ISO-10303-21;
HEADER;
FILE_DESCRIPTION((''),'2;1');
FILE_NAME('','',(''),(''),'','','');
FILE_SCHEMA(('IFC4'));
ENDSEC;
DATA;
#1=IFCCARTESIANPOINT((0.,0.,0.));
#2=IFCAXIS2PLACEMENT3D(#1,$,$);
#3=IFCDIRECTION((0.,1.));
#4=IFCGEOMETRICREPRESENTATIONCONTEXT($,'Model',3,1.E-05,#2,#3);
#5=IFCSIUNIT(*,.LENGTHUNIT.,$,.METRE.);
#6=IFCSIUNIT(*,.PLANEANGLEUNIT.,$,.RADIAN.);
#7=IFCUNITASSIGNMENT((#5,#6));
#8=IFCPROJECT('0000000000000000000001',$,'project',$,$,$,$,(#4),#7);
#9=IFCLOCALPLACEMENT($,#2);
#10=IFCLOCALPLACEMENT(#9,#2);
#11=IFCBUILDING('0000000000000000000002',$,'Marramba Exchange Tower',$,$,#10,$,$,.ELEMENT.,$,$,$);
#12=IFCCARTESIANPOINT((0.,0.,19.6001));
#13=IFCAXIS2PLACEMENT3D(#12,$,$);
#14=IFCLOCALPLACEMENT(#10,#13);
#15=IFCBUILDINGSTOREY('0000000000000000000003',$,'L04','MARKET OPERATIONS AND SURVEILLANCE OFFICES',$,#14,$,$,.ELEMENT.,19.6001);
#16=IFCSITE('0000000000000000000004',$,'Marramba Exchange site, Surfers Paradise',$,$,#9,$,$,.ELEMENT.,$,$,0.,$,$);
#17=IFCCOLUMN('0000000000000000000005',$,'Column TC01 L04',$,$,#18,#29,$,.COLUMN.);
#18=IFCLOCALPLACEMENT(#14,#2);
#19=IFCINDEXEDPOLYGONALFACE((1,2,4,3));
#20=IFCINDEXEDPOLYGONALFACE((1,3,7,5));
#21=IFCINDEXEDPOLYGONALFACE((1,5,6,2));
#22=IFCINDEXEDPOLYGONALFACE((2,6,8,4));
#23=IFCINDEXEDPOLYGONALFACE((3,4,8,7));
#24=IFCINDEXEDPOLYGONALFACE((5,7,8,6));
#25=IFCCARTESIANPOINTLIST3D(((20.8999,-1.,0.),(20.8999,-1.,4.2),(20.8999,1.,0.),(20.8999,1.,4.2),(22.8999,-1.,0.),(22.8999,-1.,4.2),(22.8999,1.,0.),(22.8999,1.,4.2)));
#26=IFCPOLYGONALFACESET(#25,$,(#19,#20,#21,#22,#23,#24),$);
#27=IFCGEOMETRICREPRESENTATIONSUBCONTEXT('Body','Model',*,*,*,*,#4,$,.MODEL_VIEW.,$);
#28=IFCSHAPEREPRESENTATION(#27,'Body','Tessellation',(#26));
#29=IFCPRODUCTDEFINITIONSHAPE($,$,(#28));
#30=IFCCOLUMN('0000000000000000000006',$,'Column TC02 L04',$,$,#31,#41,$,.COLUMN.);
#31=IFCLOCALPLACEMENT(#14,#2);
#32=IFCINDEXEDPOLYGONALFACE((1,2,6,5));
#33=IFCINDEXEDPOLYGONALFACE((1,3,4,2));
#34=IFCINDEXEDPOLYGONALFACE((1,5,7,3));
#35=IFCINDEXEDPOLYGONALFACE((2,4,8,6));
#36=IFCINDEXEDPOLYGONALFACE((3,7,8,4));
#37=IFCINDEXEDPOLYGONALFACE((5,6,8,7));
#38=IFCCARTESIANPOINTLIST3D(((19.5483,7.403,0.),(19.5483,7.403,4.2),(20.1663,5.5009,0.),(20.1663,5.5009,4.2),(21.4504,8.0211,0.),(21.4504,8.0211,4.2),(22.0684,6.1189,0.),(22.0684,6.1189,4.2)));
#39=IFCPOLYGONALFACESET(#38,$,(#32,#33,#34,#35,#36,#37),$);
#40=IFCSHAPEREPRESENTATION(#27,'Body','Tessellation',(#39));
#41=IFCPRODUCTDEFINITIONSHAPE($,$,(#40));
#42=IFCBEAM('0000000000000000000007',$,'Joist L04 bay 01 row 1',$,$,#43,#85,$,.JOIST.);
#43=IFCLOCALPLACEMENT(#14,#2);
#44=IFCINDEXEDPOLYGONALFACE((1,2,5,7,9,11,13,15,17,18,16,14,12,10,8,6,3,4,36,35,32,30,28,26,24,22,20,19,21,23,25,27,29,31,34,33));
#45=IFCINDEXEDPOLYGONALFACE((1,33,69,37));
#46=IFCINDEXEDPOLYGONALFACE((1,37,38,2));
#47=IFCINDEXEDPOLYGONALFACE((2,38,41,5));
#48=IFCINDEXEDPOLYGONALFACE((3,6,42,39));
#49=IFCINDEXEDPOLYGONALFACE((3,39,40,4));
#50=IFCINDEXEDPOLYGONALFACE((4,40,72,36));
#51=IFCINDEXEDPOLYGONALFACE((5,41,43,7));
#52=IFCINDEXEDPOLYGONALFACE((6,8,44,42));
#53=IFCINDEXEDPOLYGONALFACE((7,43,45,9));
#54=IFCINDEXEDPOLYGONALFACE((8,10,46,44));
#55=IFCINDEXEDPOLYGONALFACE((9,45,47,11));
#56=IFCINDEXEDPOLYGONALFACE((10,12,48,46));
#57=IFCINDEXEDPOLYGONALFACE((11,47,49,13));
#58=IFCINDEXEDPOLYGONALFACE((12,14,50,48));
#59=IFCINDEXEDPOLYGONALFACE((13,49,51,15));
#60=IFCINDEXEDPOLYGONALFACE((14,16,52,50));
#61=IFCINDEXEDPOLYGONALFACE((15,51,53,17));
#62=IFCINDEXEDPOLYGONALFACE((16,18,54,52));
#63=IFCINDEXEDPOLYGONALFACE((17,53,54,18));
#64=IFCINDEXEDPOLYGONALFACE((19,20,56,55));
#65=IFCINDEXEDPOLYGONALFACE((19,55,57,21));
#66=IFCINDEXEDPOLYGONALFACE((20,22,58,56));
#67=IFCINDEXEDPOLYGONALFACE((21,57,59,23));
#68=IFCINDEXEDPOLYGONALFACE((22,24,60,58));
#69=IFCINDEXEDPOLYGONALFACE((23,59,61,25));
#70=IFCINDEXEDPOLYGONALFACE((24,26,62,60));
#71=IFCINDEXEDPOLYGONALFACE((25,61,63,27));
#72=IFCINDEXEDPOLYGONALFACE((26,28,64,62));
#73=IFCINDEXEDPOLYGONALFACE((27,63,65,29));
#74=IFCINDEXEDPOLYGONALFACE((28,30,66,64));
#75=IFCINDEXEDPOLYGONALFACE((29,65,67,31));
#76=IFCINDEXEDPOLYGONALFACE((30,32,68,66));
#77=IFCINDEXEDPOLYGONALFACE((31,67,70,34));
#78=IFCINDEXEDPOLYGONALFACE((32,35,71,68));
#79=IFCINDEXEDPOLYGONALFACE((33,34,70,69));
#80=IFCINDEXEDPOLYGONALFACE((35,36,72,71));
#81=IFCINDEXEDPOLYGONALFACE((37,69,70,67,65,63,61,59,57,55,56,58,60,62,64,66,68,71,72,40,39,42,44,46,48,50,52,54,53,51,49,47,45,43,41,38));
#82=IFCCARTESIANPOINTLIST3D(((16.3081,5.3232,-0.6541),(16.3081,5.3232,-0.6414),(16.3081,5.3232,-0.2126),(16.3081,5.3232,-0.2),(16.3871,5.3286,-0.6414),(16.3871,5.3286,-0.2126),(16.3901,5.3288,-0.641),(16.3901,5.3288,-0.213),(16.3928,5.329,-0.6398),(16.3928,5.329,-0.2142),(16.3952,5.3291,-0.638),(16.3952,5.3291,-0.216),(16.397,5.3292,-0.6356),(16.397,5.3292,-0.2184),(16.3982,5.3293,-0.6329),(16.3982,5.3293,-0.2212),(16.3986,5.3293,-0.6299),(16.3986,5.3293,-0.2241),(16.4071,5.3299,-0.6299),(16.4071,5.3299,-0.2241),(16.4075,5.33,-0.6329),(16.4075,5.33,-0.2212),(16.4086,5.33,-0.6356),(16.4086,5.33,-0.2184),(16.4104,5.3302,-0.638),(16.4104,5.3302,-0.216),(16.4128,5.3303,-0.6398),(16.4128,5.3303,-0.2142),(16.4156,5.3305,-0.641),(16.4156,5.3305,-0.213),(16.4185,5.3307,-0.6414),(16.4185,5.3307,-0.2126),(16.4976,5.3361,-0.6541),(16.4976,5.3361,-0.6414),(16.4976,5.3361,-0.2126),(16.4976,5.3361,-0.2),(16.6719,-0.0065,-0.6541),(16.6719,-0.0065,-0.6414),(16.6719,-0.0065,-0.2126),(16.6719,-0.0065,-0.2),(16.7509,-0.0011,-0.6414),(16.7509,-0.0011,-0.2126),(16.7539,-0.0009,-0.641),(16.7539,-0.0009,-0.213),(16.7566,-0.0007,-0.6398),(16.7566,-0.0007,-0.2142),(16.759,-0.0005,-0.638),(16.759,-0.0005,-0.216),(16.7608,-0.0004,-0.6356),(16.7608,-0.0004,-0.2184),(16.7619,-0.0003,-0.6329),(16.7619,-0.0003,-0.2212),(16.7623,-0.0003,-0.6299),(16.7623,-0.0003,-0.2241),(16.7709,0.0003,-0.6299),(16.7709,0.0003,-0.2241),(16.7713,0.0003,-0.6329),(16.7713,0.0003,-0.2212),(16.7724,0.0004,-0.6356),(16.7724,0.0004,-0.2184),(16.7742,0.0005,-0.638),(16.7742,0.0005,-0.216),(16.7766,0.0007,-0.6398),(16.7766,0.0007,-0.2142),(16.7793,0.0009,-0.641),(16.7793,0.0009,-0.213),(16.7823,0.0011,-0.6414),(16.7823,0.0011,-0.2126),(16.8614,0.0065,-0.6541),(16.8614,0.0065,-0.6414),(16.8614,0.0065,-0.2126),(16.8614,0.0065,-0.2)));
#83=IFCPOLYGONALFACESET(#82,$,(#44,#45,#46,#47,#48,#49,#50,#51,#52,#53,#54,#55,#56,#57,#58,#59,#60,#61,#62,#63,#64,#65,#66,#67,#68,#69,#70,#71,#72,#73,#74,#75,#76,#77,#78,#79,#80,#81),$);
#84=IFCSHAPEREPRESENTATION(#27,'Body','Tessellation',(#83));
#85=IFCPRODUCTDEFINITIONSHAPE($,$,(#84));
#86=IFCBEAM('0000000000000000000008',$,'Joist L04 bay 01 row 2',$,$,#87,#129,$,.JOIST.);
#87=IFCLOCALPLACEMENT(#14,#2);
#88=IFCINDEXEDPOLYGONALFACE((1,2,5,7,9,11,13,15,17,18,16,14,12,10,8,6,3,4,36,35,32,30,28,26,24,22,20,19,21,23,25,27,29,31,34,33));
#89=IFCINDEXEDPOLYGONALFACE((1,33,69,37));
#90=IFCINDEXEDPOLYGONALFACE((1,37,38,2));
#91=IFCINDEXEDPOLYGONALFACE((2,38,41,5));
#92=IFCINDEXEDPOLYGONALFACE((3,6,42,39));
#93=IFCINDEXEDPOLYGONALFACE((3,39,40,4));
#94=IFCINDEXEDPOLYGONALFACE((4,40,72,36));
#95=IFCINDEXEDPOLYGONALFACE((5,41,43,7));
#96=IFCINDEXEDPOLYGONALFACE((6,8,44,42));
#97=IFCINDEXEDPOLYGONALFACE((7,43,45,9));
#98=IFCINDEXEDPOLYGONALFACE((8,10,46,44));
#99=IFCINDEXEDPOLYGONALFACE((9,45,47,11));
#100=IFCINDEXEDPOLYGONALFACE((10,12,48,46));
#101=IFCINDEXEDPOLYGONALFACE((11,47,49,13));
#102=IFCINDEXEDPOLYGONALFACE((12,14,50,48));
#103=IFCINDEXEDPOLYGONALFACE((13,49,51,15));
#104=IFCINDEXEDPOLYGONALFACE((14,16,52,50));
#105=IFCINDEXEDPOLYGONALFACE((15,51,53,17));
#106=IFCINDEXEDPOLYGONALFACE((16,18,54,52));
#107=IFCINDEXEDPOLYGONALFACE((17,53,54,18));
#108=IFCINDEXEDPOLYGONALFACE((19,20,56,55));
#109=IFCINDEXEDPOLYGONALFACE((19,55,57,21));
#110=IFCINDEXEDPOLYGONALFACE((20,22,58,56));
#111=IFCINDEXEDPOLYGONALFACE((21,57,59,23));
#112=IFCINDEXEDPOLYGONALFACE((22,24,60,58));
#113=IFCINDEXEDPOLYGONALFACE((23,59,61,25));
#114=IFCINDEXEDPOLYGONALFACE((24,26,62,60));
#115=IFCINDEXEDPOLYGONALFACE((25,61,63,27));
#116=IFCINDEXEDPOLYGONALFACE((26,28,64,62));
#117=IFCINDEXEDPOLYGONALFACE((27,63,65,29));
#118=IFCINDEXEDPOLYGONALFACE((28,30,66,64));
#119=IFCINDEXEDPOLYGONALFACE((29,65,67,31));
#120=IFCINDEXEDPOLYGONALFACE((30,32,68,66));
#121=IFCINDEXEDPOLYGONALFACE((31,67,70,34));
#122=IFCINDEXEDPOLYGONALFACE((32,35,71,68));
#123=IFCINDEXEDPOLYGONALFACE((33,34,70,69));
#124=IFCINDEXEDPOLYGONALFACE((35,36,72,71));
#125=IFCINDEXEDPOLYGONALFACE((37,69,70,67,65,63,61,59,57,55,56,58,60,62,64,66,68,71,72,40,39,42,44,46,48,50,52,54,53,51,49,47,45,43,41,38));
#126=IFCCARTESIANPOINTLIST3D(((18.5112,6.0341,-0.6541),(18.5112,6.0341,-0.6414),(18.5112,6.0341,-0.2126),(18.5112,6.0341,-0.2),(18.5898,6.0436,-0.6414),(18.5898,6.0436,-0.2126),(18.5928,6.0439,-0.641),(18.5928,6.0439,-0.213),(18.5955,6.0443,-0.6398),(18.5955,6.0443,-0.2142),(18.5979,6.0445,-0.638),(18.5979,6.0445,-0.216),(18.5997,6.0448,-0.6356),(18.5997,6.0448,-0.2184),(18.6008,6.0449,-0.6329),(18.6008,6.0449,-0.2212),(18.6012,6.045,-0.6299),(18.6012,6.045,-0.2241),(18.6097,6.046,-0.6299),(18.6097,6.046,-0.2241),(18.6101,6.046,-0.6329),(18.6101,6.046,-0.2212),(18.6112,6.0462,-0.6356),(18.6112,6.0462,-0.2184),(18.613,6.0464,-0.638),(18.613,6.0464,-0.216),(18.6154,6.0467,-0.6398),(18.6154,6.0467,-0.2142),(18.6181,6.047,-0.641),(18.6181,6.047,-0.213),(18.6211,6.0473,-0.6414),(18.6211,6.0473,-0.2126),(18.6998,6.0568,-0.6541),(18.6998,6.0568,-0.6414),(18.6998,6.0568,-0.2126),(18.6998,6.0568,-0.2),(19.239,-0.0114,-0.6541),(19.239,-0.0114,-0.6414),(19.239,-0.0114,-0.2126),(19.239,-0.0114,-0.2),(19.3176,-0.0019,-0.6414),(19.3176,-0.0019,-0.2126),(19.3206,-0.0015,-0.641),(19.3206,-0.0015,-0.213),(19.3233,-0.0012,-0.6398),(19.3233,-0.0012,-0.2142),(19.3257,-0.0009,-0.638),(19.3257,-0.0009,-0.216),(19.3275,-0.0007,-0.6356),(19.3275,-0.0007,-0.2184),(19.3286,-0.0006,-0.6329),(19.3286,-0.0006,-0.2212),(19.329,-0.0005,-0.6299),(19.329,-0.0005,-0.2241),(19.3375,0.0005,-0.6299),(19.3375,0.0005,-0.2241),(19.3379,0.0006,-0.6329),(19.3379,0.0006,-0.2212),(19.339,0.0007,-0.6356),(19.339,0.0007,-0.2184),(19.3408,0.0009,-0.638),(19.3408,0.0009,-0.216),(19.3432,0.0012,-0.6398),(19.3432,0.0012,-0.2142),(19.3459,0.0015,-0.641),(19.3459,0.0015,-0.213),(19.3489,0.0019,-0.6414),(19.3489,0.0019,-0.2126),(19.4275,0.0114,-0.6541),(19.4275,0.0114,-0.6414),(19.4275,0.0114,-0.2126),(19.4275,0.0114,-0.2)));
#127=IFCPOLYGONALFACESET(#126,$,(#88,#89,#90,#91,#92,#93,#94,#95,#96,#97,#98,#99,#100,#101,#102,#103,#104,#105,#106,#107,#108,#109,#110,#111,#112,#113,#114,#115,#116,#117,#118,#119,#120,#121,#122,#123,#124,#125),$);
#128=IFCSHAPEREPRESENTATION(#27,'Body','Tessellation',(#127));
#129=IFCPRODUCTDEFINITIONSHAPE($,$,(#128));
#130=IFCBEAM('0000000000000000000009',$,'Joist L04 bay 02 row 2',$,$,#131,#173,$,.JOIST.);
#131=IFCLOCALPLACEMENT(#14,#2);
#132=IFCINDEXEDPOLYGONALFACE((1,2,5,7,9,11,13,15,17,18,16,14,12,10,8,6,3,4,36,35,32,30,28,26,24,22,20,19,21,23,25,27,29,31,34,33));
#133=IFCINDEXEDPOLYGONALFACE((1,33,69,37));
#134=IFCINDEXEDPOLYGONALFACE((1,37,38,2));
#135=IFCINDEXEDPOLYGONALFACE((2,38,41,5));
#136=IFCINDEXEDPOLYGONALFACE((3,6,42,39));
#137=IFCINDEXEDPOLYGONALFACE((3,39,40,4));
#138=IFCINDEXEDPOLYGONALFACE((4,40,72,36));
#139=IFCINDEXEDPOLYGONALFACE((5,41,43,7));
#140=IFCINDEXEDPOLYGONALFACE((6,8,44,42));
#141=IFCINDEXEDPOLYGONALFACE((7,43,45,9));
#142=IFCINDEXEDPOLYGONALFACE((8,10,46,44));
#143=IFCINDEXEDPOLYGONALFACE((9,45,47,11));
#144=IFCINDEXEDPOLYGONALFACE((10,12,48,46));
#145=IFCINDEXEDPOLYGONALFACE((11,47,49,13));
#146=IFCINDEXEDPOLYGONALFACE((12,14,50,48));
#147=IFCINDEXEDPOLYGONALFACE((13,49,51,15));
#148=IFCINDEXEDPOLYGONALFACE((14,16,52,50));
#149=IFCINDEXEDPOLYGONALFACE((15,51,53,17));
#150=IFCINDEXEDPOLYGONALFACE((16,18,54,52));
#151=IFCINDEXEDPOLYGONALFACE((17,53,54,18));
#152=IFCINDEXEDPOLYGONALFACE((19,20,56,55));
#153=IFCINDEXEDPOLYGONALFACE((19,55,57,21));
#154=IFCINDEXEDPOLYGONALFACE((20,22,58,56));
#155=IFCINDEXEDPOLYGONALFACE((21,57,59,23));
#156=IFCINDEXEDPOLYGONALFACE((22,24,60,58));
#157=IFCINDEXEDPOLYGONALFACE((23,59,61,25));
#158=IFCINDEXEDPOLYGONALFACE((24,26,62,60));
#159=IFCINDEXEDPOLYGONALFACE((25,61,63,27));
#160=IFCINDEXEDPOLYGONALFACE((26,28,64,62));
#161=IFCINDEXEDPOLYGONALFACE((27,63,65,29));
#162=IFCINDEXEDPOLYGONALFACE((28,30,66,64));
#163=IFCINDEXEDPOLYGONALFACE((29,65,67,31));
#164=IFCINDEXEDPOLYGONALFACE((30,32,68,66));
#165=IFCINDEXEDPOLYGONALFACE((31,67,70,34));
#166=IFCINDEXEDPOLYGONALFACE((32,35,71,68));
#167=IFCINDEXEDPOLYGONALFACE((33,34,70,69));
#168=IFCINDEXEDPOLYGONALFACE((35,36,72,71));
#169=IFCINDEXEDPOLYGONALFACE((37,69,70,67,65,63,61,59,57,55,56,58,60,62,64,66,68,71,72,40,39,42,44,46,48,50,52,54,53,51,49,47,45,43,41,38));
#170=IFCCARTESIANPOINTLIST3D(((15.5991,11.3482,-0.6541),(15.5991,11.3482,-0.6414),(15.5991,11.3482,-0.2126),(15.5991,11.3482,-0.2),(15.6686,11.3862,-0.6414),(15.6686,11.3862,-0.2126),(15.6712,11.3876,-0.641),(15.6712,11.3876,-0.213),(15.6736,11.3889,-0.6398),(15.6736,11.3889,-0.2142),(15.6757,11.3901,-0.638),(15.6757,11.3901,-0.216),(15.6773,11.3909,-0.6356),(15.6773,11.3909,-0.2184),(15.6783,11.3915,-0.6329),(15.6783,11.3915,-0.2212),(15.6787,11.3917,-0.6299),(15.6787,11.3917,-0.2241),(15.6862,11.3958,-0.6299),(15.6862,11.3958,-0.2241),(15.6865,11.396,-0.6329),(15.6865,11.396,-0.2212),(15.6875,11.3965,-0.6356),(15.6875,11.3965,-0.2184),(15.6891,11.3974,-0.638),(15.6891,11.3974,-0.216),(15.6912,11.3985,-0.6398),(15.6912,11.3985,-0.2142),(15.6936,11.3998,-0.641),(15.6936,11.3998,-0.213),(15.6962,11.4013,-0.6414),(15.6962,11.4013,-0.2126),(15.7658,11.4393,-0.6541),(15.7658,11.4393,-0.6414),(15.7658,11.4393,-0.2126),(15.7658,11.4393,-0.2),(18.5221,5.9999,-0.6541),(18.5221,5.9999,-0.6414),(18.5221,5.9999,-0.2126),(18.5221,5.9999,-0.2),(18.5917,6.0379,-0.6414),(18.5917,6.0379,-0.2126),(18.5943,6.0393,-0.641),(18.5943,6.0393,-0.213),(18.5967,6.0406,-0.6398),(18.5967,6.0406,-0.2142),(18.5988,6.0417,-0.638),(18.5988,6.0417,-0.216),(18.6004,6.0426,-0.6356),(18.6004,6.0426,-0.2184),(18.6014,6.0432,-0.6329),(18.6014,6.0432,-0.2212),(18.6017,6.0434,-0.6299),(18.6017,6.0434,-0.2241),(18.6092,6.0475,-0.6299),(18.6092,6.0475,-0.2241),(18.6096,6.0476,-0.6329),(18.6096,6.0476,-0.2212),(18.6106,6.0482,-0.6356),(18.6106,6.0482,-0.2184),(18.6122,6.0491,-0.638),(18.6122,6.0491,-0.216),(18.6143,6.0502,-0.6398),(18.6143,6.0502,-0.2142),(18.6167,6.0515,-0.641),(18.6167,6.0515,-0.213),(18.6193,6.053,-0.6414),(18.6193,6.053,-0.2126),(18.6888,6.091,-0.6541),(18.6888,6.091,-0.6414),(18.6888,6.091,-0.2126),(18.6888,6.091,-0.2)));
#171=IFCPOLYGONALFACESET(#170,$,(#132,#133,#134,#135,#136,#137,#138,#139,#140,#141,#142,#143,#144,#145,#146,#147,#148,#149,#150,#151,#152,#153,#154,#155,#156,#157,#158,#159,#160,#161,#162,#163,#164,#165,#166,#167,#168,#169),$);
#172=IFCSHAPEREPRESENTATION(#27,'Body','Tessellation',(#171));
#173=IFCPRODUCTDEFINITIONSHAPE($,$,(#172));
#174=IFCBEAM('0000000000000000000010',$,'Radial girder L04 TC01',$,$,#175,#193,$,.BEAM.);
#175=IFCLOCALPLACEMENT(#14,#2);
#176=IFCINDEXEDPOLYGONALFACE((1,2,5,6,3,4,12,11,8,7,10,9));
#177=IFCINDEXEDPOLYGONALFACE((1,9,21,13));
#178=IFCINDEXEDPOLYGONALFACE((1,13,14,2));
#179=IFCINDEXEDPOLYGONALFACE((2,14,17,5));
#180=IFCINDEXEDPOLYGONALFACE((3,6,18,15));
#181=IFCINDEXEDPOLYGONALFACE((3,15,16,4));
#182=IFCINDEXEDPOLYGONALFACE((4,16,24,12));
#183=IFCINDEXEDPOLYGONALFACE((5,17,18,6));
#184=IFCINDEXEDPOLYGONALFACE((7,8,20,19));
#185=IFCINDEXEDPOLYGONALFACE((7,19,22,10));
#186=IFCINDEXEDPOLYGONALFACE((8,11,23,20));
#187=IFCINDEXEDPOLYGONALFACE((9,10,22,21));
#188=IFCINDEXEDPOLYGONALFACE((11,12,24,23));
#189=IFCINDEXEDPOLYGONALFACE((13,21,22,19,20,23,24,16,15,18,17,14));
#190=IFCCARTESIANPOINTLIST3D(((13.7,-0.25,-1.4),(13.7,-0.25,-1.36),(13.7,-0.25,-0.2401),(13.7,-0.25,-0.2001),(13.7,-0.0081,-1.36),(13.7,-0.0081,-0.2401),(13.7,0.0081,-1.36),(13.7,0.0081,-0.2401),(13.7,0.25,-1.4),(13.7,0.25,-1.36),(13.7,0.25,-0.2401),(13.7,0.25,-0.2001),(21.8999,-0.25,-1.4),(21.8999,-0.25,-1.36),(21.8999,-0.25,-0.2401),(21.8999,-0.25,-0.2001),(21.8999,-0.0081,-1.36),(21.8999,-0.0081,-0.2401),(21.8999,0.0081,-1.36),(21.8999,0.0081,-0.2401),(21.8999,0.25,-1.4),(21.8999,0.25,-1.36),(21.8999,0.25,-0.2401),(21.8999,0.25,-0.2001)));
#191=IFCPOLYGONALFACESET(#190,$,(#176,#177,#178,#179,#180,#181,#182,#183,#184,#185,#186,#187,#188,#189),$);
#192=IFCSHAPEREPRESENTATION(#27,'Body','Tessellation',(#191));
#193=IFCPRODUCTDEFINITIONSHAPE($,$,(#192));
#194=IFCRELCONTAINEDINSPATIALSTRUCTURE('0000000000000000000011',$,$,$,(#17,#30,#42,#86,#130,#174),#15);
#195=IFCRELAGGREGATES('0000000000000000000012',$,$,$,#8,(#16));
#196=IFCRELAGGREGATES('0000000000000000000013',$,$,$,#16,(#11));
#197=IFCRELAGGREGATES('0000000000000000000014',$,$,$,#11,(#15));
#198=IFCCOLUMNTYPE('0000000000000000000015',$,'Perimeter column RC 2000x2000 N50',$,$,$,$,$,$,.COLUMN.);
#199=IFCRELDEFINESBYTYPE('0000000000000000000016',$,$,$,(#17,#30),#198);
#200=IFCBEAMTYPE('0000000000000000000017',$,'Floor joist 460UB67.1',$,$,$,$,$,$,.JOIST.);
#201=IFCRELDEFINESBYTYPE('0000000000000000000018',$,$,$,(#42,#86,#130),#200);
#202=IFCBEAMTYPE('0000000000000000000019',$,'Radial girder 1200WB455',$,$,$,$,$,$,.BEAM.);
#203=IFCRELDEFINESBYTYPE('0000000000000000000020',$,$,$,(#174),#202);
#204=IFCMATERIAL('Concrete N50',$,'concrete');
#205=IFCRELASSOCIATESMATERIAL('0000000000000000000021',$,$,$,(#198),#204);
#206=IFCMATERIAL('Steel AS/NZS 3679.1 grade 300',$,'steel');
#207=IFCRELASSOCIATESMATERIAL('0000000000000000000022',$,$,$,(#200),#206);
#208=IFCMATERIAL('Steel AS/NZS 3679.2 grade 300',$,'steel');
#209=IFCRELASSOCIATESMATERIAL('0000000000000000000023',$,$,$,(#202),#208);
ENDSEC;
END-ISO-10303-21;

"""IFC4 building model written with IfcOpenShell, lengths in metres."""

from ifc_helpers import new_model, si_unit, direction, frame, origin, origin_2d, place, context, subcontext, project, spatial, rectangle, i_section, extrude, material, material_profile, profile_set, type_object, element, save


model = new_model("IFC4")

# Units and contexts
model_context = context("Model", 3, precision=1e-05, world=origin(), true_north=direction((0.0, 1.0)))
body_context = subcontext(model_context, "Body", "Model", "MODEL_VIEW")
ifc_project = project(units=[si_unit("LENGTHUNIT", "METRE"), si_unit("PLANEANGLEUNIT", "RADIAN")], contexts=[model_context])

# Site, building, storey
site_placement = place(None, origin())
site = spatial("IfcSite", under=ifc_project, at=site_placement, Name="Marramba Exchange site, Surfers Paradise", CompositionType="ELEMENT", RefElevation=0.0)
building_placement = place(site_placement, origin())
building = spatial("IfcBuilding", under=site, at=building_placement, Name="Marramba Exchange Tower", CompositionType="ELEMENT")
storey_placement = place(building_placement, frame((0.0, 0.0, 19.6001)))
storey = spatial("IfcBuildingStorey", under=building, at=storey_placement, Name="L04", Description="MARKET OPERATIONS AND SURVEILLANCE OFFICES", CompositionType="ELEMENT", Elevation=19.6001)

# Columns
ifc_material_1 = material(Name="Concrete N50", Category="concrete")
ifc_material_profile_1 = material_profile(ifc_material_1, rectangle(XDim=2.0, YDim=2.0, at=origin_2d()), Name="RC 2000x2000")
ifc_profile_set_1 = profile_set([ifc_material_profile_1], Name="Concrete N50")
column_type = type_object("IfcColumnType", Name="Perimeter column RC 2000x2000 N50", PredefinedType="COLUMN", material=ifc_profile_set_1)
for number, where, z_axis, x_axis, name in (
    (1, (21.8999, 0.0, 0.0), (0.0, 0.0, 1.0), (1.0, 0.0, 0.0), "Column TC01 L04"),
    (2, (20.8083, 6.761, 0.0), (0.0, 0.0, 1.0), (0.951057, 0.309017, 0.0), "Column TC02 L04"),
):
    element("IfcColumn", number, at=place(storey_placement, frame(where, z_axis=z_axis, x_axis=x_axis)), inside=storey, type_object=column_type, Name=name, PredefinedType="COLUMN", context=body_context, shape_type="SweptSolid", body=[
        extrude(rectangle(XDim=2.0, YDim=2.0, at=origin_2d()), origin(), (0.0, 0.0, 1.0), 4.2),
    ])

# Beams
ifc_material_2 = material(Name="Steel AS/NZS 3679.1 grade 300", Category="steel")
ifc_material_profile_2 = material_profile(ifc_material_2, i_section(OverallWidth=0.1899, OverallDepth=0.4541, WebThickness=0.0085, FlangeThickness=0.0127, FilletRadius=0.0115, at=origin_2d()), Name="460UB67.1")
ifc_profile_set_2 = profile_set([ifc_material_profile_2], Name="Steel AS/NZS 3679.1 grade 300")
beam_type_1 = type_object("IfcBeamType", Name="Floor joist 460UB67.1", PredefinedType="JOIST", material=ifc_profile_set_2)
beam_1_placement = place(storey_placement, frame((16.7666, 0.0, -0.427), z_axis=(-0.068096, 0.997679, 0.0), x_axis=(-0.997679, -0.068096, 0.0)))
element("IfcBeam", 3, at=beam_1_placement, inside=storey, type_object=beam_type_1, Name="Joist L04 bay 01 row 1", PredefinedType="JOIST", context=body_context, shape_type="SweptSolid", body=[
    extrude(i_section(OverallWidth=0.1899, OverallDepth=0.4541, WebThickness=0.0085, FlangeThickness=0.0127, FilletRadius=0.0115, at=origin_2d()), origin(), (0.0, 0.0, 1.0), 5.342),
])
beam_2_placement = place(storey_placement, frame((19.3333, 0.0, -0.427), z_axis=(-0.119523, 0.992831, 0.0), x_axis=(-0.992831, -0.119523, 0.0)))
element("IfcBeam", 4, at=beam_2_placement, inside=storey, type_object=beam_type_1, Name="Joist L04 bay 01 row 2", PredefinedType="JOIST", context=body_context, shape_type="SweptSolid", body=[
    extrude(i_section(OverallWidth=0.1899, OverallDepth=0.4541, WebThickness=0.0085, FlangeThickness=0.0127, FilletRadius=0.0115, at=origin_2d()), origin(), (0.0, 0.0, 1.0), 6.0891),
])
beam_3_placement = place(storey_placement, frame((18.6055, 6.0454, -0.427), z_axis=(-0.479584, 0.877496, 0.0), x_axis=(-0.877496, -0.479584, 0.0)))
element("IfcBeam", 5, at=beam_3_placement, inside=storey, type_object=beam_type_1, Name="Joist L04 bay 02 row 2", PredefinedType="JOIST", context=body_context, shape_type="SweptSolid", body=[
    extrude(i_section(OverallWidth=0.1899, OverallDepth=0.4541, WebThickness=0.0085, FlangeThickness=0.0127, FilletRadius=0.0115, at=origin_2d()), origin(), (0.0, 0.0, 1.0), 6.095),
])
ifc_material_3 = material(Name="Steel AS/NZS 3679.2 grade 300", Category="steel")
ifc_material_profile_3 = material_profile(ifc_material_3, i_section(OverallWidth=0.5, OverallDepth=1.2, WebThickness=0.0161, FlangeThickness=0.04, at=origin_2d()), Name="1200WB455")
ifc_profile_set_3 = profile_set([ifc_material_profile_3], Name="Steel AS/NZS 3679.2 grade 300")
beam_type_2 = type_object("IfcBeamType", Name="Radial girder 1200WB455", PredefinedType="BEAM", material=ifc_profile_set_3)
beam_4_placement = place(storey_placement, frame((13.7, 0.0, -0.8), z_axis=(1.0, 0.0, 0.0), x_axis=(0.0, 1.0, 0.0)))
element("IfcBeam", 6, at=beam_4_placement, inside=storey, type_object=beam_type_2, Name="Radial girder L04 TC01", PredefinedType="BEAM", context=body_context, shape_type="SweptSolid", body=[
    extrude(i_section(OverallWidth=0.5, OverallDepth=1.2, WebThickness=0.0161, FlangeThickness=0.04, at=origin_2d()), origin(), (0.0, 0.0, 1.0), 8.2),
])

save(model, "model.ifc")
